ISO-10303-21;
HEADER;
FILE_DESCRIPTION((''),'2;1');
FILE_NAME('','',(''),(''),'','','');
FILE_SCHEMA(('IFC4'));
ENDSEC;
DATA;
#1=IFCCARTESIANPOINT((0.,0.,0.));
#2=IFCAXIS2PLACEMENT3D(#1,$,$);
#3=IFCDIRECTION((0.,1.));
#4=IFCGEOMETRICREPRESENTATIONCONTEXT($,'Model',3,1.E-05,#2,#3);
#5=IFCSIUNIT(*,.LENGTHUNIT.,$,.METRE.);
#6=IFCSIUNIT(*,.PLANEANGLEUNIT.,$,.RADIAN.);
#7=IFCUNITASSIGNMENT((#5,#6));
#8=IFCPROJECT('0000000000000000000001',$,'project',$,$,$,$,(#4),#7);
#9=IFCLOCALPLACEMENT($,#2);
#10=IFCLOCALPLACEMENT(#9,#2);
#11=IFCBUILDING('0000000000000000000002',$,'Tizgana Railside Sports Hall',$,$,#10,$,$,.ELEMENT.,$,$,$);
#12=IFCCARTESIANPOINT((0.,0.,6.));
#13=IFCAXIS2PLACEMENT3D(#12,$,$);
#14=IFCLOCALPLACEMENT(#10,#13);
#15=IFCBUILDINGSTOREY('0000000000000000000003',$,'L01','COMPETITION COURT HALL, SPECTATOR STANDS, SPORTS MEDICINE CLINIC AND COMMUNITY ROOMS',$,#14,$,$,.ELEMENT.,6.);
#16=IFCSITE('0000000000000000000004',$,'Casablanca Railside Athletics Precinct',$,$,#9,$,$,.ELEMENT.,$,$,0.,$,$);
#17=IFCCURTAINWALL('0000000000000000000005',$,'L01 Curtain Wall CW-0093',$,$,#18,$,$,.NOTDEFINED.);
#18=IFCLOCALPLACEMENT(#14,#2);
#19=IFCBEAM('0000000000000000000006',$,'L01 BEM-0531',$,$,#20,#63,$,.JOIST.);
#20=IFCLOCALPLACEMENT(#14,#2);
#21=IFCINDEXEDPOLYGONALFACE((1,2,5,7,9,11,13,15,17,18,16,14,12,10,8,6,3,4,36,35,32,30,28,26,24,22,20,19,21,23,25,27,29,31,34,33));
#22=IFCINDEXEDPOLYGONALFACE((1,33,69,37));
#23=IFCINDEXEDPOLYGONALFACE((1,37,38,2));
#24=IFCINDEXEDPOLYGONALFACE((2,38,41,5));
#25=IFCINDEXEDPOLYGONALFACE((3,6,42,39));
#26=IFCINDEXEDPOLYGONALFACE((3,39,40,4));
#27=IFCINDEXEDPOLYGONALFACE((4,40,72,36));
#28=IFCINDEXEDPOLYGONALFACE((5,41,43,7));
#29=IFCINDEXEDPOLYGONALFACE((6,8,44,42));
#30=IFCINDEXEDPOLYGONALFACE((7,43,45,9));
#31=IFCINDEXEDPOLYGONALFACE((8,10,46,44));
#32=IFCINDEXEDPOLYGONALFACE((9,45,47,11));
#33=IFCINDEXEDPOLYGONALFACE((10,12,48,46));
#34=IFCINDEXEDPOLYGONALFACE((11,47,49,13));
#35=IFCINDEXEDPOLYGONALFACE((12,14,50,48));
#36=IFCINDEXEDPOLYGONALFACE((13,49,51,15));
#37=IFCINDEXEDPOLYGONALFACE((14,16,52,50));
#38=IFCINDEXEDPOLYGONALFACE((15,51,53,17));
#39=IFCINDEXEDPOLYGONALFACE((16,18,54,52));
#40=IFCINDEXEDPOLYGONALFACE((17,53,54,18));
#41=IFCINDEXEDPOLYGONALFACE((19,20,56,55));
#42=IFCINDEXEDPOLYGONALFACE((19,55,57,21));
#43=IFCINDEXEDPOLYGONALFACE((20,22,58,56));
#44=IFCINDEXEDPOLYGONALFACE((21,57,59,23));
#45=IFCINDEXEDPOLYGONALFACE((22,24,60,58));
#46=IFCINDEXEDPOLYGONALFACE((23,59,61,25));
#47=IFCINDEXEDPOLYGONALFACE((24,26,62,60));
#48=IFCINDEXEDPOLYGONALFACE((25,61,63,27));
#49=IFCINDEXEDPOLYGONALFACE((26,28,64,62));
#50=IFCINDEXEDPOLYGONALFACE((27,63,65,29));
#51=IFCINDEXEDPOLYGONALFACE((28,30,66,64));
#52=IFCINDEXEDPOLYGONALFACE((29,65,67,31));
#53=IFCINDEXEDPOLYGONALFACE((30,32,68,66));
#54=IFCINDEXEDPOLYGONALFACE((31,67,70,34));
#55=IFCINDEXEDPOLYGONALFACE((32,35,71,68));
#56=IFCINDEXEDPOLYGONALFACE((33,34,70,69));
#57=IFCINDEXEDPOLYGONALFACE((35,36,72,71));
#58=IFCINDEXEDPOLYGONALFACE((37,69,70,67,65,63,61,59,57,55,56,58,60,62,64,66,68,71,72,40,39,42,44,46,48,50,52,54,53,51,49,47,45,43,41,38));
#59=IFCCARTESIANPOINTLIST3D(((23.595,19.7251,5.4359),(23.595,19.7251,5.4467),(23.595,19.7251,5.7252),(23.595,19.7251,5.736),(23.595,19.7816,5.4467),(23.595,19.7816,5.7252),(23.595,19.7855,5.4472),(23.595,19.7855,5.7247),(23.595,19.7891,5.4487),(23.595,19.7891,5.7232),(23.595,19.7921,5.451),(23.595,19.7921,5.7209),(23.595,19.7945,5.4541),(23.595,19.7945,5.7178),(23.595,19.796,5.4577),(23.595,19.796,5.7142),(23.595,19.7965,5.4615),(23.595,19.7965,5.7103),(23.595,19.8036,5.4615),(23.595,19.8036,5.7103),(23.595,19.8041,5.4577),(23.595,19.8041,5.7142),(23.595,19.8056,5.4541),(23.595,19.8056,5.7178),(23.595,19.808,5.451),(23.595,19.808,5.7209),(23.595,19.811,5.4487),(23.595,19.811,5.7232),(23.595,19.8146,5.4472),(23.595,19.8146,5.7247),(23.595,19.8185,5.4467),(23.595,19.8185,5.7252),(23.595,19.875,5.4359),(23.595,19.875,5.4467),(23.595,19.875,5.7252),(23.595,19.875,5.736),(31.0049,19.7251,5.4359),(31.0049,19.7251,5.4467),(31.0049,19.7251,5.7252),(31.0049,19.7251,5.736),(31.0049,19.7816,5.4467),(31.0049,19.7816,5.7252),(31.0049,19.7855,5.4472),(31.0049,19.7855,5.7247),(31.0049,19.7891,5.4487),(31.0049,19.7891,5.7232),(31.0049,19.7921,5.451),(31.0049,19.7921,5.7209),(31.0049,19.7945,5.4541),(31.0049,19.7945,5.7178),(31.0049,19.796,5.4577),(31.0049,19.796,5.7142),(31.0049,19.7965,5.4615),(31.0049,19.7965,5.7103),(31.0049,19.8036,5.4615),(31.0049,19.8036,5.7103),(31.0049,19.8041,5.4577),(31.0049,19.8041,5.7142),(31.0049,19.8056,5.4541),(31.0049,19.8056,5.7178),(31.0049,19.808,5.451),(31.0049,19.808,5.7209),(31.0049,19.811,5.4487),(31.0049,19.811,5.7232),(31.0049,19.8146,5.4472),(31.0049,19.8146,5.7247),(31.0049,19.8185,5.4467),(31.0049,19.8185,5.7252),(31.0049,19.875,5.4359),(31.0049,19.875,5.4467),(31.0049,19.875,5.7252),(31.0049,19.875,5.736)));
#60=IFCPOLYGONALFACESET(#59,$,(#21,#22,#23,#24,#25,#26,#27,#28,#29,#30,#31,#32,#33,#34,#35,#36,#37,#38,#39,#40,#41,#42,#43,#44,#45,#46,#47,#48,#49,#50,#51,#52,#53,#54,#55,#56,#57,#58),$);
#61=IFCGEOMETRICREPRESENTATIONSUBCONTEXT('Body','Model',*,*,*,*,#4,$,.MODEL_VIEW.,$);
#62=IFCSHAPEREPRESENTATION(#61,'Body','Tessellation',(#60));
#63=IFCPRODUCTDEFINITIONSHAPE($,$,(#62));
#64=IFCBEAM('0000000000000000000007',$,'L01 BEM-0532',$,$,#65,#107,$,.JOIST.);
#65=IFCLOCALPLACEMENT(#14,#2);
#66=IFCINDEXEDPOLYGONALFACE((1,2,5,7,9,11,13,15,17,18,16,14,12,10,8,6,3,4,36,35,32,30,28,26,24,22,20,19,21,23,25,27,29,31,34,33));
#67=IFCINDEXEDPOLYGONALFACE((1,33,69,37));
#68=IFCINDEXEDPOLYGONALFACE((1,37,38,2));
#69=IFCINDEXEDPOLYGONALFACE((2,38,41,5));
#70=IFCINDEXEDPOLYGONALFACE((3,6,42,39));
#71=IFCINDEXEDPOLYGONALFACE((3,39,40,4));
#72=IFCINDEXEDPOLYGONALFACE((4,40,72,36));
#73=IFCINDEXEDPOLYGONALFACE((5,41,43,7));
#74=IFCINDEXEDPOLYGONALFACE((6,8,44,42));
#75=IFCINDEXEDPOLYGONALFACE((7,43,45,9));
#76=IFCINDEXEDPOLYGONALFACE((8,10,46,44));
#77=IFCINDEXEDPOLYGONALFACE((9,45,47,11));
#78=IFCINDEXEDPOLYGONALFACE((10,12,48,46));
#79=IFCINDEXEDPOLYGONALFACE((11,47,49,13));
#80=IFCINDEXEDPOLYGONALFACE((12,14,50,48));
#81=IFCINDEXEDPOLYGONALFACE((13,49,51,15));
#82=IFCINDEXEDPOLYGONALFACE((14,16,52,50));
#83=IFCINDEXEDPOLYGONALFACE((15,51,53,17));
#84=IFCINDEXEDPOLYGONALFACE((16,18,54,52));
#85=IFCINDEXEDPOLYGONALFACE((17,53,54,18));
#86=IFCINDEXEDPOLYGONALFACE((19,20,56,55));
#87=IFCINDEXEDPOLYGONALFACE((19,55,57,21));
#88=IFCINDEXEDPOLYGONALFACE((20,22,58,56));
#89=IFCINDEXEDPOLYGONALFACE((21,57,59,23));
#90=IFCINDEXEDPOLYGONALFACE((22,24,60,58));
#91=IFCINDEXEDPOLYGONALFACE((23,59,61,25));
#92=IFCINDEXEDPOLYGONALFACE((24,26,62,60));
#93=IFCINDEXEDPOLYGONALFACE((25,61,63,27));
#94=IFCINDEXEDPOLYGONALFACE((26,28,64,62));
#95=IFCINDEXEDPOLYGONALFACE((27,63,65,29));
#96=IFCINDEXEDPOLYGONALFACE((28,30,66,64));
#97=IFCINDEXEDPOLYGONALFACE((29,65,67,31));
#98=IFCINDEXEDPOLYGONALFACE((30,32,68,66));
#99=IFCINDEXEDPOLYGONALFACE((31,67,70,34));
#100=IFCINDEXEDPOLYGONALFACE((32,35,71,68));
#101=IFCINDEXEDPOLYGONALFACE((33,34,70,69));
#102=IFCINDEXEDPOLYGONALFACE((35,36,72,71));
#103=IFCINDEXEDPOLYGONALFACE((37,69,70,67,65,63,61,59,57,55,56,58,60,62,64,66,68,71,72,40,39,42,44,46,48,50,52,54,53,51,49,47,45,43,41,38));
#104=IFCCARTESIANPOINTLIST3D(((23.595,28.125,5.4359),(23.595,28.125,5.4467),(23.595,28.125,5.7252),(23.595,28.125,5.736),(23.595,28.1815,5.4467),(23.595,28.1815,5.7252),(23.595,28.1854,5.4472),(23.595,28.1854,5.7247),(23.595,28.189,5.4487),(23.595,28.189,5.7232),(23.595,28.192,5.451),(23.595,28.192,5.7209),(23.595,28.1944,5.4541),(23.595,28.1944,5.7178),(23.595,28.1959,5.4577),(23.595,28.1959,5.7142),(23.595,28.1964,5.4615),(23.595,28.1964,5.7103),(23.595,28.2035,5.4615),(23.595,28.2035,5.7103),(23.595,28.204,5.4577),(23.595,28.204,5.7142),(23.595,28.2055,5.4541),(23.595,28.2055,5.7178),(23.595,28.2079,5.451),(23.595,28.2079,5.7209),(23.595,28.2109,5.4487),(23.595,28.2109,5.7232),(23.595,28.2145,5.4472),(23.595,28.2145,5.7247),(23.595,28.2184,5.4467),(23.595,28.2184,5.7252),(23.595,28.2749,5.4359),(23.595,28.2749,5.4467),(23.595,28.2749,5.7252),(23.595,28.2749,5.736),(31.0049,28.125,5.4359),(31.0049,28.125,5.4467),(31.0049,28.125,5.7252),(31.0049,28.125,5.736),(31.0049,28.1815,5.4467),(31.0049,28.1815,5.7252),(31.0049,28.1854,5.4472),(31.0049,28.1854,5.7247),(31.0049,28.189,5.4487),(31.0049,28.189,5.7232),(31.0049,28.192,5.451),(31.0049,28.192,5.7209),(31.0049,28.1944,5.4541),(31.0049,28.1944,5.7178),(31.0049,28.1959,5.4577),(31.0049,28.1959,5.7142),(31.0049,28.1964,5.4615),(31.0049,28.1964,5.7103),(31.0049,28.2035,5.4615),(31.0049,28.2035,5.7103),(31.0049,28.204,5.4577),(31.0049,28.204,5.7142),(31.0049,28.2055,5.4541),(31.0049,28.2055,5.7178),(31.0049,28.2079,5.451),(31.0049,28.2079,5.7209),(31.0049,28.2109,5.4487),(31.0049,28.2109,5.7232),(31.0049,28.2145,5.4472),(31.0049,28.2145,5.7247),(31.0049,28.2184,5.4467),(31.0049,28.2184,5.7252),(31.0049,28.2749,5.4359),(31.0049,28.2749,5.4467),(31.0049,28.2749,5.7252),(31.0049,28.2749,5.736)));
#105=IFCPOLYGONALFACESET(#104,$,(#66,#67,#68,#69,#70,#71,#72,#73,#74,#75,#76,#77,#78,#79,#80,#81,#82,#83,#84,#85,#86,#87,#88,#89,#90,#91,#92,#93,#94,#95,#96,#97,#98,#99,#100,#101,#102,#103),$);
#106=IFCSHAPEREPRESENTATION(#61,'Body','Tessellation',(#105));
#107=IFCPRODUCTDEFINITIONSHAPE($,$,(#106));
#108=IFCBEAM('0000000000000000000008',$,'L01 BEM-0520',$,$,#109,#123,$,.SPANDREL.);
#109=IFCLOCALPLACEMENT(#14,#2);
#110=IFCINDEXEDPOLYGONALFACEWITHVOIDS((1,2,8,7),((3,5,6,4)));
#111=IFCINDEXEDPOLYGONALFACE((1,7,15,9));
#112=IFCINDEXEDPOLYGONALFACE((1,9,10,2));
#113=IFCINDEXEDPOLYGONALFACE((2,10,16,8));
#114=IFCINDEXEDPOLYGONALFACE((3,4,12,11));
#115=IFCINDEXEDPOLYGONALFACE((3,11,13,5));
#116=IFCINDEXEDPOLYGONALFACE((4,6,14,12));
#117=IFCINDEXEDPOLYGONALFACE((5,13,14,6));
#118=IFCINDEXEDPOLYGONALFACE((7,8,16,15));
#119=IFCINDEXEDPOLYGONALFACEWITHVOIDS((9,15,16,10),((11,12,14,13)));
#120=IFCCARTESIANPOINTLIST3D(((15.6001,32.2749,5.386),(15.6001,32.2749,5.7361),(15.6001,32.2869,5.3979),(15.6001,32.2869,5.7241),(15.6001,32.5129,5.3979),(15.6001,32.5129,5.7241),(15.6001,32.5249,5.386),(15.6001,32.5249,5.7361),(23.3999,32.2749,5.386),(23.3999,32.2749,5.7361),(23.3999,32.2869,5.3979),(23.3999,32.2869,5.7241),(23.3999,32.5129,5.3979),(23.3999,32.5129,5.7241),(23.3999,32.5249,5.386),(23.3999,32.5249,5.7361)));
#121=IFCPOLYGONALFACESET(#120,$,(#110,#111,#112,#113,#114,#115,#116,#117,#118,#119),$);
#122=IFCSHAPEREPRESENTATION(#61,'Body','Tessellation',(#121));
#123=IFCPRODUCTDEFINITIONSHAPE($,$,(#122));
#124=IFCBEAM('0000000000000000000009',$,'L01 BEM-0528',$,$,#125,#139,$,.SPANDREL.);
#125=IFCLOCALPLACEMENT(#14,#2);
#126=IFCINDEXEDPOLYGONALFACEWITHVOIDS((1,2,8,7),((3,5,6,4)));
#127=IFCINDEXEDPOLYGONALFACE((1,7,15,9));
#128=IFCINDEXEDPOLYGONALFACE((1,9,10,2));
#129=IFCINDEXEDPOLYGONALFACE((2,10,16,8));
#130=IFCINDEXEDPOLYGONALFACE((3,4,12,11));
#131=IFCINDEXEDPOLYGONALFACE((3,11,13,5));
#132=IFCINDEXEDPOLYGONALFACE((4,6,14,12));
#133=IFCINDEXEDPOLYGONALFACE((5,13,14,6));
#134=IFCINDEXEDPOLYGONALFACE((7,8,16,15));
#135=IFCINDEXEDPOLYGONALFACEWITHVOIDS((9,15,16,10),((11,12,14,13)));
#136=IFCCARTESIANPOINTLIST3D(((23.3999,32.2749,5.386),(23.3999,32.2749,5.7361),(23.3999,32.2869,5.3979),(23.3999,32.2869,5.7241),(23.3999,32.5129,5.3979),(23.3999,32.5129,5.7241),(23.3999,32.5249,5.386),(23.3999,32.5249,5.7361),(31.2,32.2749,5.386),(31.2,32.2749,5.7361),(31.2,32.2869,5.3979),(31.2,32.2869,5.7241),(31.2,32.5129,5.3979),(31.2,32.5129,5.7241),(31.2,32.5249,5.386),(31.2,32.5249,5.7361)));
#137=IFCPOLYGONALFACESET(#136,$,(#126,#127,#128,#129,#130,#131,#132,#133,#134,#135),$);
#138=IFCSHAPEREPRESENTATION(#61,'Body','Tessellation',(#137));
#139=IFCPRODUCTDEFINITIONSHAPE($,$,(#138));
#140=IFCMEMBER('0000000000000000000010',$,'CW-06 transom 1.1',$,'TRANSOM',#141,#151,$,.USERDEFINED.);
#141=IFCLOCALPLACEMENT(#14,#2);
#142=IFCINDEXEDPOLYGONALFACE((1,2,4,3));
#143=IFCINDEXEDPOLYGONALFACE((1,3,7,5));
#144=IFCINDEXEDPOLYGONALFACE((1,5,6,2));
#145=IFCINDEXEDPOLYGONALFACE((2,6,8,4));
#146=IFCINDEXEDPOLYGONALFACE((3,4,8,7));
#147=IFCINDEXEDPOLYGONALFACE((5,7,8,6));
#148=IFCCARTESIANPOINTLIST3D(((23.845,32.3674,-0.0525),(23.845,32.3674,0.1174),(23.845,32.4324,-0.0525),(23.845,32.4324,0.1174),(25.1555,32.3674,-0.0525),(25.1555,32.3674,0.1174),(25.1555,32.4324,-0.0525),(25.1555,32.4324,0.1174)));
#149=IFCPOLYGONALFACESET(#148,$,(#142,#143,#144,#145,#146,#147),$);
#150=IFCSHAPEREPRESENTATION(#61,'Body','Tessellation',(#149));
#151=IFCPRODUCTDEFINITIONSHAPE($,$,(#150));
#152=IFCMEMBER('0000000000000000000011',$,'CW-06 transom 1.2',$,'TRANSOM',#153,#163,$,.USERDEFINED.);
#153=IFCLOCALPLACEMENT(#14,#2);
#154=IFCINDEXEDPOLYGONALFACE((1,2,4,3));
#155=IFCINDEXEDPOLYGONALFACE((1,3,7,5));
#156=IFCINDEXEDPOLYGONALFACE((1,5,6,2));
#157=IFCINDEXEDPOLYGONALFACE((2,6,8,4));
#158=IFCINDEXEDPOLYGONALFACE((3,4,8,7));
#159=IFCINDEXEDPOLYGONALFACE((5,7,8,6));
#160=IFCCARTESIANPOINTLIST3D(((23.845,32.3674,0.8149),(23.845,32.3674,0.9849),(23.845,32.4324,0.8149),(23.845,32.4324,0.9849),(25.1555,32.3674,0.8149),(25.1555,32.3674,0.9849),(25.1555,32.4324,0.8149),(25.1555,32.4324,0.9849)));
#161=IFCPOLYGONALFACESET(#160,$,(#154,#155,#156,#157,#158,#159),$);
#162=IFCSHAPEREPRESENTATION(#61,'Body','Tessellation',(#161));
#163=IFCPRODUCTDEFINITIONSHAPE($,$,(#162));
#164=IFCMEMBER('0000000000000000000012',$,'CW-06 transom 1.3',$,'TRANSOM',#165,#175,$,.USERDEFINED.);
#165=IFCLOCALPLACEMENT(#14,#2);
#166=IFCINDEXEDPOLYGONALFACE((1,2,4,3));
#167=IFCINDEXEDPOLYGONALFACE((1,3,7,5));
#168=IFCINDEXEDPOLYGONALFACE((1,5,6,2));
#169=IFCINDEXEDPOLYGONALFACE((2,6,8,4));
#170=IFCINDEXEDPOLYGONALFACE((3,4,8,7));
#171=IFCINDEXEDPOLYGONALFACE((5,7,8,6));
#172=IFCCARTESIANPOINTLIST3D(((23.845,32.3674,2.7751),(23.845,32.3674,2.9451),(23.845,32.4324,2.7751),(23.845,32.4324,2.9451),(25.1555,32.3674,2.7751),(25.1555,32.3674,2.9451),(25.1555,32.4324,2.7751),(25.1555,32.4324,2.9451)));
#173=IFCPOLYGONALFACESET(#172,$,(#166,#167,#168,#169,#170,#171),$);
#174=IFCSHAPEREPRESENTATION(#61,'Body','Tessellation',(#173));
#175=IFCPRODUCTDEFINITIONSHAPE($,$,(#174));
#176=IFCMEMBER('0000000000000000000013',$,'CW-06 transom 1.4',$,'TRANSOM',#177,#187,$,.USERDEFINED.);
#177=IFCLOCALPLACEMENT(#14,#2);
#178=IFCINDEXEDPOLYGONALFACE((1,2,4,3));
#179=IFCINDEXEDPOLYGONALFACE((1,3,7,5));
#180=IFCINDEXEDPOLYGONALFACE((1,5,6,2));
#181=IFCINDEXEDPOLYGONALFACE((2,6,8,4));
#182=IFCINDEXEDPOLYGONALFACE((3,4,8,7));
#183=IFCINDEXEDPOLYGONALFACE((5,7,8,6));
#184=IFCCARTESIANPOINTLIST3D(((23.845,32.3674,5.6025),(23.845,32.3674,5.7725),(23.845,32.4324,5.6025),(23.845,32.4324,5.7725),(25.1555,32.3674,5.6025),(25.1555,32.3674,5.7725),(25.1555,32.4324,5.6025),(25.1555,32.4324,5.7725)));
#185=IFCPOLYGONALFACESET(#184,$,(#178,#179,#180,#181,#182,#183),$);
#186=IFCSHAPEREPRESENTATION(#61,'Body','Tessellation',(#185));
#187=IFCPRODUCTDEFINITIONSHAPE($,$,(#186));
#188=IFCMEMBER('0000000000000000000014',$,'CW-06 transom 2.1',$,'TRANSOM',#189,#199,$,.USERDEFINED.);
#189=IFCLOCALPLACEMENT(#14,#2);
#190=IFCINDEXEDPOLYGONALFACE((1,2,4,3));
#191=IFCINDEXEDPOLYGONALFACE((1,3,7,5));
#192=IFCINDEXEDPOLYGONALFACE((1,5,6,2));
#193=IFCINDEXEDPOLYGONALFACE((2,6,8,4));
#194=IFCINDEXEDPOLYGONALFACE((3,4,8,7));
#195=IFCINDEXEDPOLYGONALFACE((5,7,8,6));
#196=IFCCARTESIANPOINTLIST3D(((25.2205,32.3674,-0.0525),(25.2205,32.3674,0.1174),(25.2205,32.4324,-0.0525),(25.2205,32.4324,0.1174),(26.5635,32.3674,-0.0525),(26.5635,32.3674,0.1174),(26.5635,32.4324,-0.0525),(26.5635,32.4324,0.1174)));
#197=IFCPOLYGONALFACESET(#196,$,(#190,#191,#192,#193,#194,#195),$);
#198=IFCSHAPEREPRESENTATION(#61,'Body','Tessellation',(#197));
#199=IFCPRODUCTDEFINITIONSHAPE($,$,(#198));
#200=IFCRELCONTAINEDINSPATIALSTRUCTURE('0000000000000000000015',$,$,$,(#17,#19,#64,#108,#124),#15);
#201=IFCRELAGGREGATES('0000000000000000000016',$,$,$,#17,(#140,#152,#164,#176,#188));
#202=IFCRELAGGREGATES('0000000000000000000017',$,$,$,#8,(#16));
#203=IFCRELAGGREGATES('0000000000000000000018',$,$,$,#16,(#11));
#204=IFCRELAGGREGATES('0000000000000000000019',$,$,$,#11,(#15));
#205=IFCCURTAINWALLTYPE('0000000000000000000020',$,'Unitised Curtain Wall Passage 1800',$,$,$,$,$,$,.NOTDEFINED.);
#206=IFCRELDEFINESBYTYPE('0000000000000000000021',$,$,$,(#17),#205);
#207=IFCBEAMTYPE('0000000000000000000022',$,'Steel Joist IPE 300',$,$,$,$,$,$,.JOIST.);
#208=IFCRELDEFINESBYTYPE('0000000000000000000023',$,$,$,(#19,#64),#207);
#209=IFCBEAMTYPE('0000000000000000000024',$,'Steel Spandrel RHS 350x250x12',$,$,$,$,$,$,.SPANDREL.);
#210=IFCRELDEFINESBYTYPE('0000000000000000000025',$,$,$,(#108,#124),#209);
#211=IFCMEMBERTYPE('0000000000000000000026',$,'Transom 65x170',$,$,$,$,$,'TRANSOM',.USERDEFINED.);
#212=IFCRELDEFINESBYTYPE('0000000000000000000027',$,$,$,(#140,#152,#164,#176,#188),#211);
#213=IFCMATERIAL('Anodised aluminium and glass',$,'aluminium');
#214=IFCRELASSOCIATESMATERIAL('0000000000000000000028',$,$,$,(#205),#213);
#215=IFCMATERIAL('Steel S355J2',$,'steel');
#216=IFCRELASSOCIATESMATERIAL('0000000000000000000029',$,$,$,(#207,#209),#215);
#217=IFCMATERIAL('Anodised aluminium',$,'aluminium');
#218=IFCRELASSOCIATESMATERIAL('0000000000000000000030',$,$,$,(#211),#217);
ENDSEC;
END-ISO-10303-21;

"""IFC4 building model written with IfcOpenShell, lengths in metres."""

from ifc_helpers import new_model, si_unit, direction, frame, origin, origin_2d, place, context, subcontext, project, spatial, rectangle, hollow_rectangle, i_section, extrude, material, material_profile, profile_set, type_object, element, aggregate, save


model = new_model("IFC4")

# Units and contexts
model_context = context("Model", 3, precision=1e-05, world=origin(), true_north=direction((0.0, 1.0)))
body_context = subcontext(model_context, "Body", "Model", "MODEL_VIEW")
ifc_project = project(units=[si_unit("LENGTHUNIT", "METRE"), si_unit("PLANEANGLEUNIT", "RADIAN")], contexts=[model_context])

# Site, building, storey
site_placement = place(None, origin())
site = spatial("IfcSite", under=ifc_project, at=site_placement, Name="Casablanca Railside Athletics Precinct", CompositionType="ELEMENT", RefElevation=0.0)
building_placement = place(site_placement, origin())
building = spatial("IfcBuilding", under=site, at=building_placement, Name="Tizgana Railside Sports Hall", CompositionType="ELEMENT")
storey_placement = place(building_placement, frame((0.0, 0.0, 6.0)))
storey = spatial("IfcBuildingStorey", under=building, at=storey_placement, Name="L01", Description="COMPETITION COURT HALL, SPECTATOR STANDS, SPORTS MEDICINE CLINIC AND COMMUNITY ROOMS", CompositionType="ELEMENT", Elevation=6.0)

# Curtain wall
ifc_material_1 = material(Name="Anodised aluminium and glass", Category="aluminium")
curtain_wall_type = type_object("IfcCurtainWallType", Name="Unitised Curtain Wall Passage 1800", PredefinedType="NOTDEFINED", material=ifc_material_1)
curtain_wall_placement = place(storey_placement, origin())
curtain_wall = element("IfcCurtainWall", 1, at=curtain_wall_placement, inside=storey, type_object=curtain_wall_type, Name="L01 Curtain Wall CW-0093", PredefinedType="NOTDEFINED")
ifc_material_2 = material(Name="Anodised aluminium", Category="aluminium")

# Beams
ifc_material_3 = material(Name="Steel S355J2", Category="steel")
ifc_material_profile_1 = material_profile(ifc_material_3, i_section(OverallWidth=0.1499, OverallDepth=0.3, WebThickness=0.0071, FlangeThickness=0.0107, FilletRadius=0.0149, at=origin_2d()), Name="IPE 300")
ifc_profile_set_1 = profile_set([ifc_material_profile_1], Name="Steel S355J2")
beam_type_1 = type_object("IfcBeamType", Name="Steel Joist IPE 300", PredefinedType="JOIST", material=ifc_profile_set_1)
for number, where, z_axis, x_axis, name in (
    (2, (23.595, 19.8, 5.5859), (1.0, 0.0, 0.0), (0.0, 1.0, 0.0), "L01 BEM-0531"),
    (3, (23.595, 28.2, 5.5859), (1.0, 0.0, 0.0), (0.0, 1.0, 0.0), "L01 BEM-0532"),
):
    element("IfcBeam", number, at=place(storey_placement, frame(where, z_axis=z_axis, x_axis=x_axis)), inside=storey, type_object=beam_type_1, Name=name, PredefinedType="JOIST", context=body_context, shape_type="SweptSolid", body=[
        extrude(i_section(OverallWidth=0.1499, OverallDepth=0.3, WebThickness=0.0071, FlangeThickness=0.0107, FilletRadius=0.0149, at=origin_2d()), origin(), (0.0, 0.0, 1.0), 7.4099),
    ])
ifc_material_profile_2 = material_profile(ifc_material_3, hollow_rectangle(XDim=0.25, YDim=0.3501, WallThickness=0.012, at=origin_2d()), Name="RHS 350x250x12")
ifc_profile_set_2 = profile_set([ifc_material_profile_2], Name="Steel S355J2")
beam_type_2 = type_object("IfcBeamType", Name="Steel Spandrel RHS 350x250x12", PredefinedType="SPANDREL", material=ifc_profile_set_2)
beam_1_placement = place(storey_placement, frame((15.6001, 32.3999, 5.561), z_axis=(1.0, 0.0, 0.0), x_axis=(0.0, 1.0, 0.0)))
element("IfcBeam", 4, at=beam_1_placement, inside=storey, type_object=beam_type_2, Name="L01 BEM-0520", PredefinedType="SPANDREL", context=body_context, shape_type="SweptSolid", body=[
    extrude(hollow_rectangle(XDim=0.25, YDim=0.3501, WallThickness=0.012, at=origin_2d()), origin(), (0.0, 0.0, 1.0), 7.7998),
])
beam_2_placement = place(storey_placement, frame((23.3999, 32.3999, 5.561), z_axis=(1.0, 0.0, 0.0), x_axis=(0.0, 1.0, 0.0)))
element("IfcBeam", 5, at=beam_2_placement, inside=storey, type_object=beam_type_2, Name="L01 BEM-0528", PredefinedType="SPANDREL", context=body_context, shape_type="SweptSolid", body=[
    extrude(hollow_rectangle(XDim=0.25, YDim=0.3501, WallThickness=0.012, at=origin_2d()), origin(), (0.0, 0.0, 1.0), 7.8),
])

# Members
ifc_material_profile_3 = material_profile(ifc_material_2, rectangle(XDim=0.0649, YDim=0.1699, at=origin_2d()), Name="Transom 65x170")
ifc_profile_set_3 = profile_set([ifc_material_profile_3], Name="Anodised aluminium")
member_type_1 = type_object("IfcMemberType", Name="Transom 65x170", ElementType="TRANSOM", PredefinedType="USERDEFINED", material=ifc_profile_set_3)
member_1_placement = place(storey_placement, frame((23.845, 32.3999, 0.0325), z_axis=(1.0, 0.0, 0.0), x_axis=(0.0, 1.0, 0.0)))
member_1 = element("IfcMember", 6, at=member_1_placement, type_object=member_type_1, Name="CW-06 transom 1.1", ObjectType="TRANSOM", PredefinedType="USERDEFINED", context=body_context, shape_type="SweptSolid", body=[
    extrude(rectangle(XDim=0.0649, YDim=0.1699, at=origin_2d()), origin(), (0.0, 0.0, 1.0), 1.3105),
])
member_2_placement = place(storey_placement, frame((23.845, 32.3999, 0.8999), z_axis=(1.0, 0.0, 0.0), x_axis=(0.0, 1.0, 0.0)))
member_2 = element("IfcMember", 7, at=member_2_placement, type_object=member_type_1, Name="CW-06 transom 1.2", ObjectType="TRANSOM", PredefinedType="USERDEFINED", context=body_context, shape_type="SweptSolid", body=[
    extrude(rectangle(XDim=0.0649, YDim=0.1699, at=origin_2d()), origin(), (0.0, 0.0, 1.0), 1.3105),
])
member_3_placement = place(storey_placement, frame((23.845, 32.3999, 2.8601), z_axis=(1.0, 0.0, 0.0), x_axis=(0.0, 1.0, 0.0)))
member_3 = element("IfcMember", 8, at=member_3_placement, type_object=member_type_1, Name="CW-06 transom 1.3", ObjectType="TRANSOM", PredefinedType="USERDEFINED", context=body_context, shape_type="SweptSolid", body=[
    extrude(rectangle(XDim=0.0649, YDim=0.1699, at=origin_2d()), origin(), (0.0, 0.0, 1.0), 1.3105),
])
member_4_placement = place(storey_placement, frame((23.845, 32.3999, 5.6875), z_axis=(1.0, 0.0, 0.0), x_axis=(0.0, 1.0, 0.0)))
member_4 = element("IfcMember", 9, at=member_4_placement, type_object=member_type_1, Name="CW-06 transom 1.4", ObjectType="TRANSOM", PredefinedType="USERDEFINED", context=body_context, shape_type="SweptSolid", body=[
    extrude(rectangle(XDim=0.0649, YDim=0.1699, at=origin_2d()), origin(), (0.0, 0.0, 1.0), 1.3105),
])
member_5_placement = place(storey_placement, frame((25.2205, 32.3999, 0.0325), z_axis=(1.0, 0.0, 0.0), x_axis=(0.0, 1.0, 0.0)))
member_5 = element("IfcMember", 10, at=member_5_placement, type_object=member_type_1, Name="CW-06 transom 2.1", ObjectType="TRANSOM", PredefinedType="USERDEFINED", context=body_context, shape_type="SweptSolid", body=[
    extrude(rectangle(XDim=0.0649, YDim=0.1699, at=origin_2d()), origin(), (0.0, 0.0, 1.0), 1.343),
])

aggregate(curtain_wall, [member_1, member_2, member_3, member_4, member_5])

save(model, "model.ifc")
